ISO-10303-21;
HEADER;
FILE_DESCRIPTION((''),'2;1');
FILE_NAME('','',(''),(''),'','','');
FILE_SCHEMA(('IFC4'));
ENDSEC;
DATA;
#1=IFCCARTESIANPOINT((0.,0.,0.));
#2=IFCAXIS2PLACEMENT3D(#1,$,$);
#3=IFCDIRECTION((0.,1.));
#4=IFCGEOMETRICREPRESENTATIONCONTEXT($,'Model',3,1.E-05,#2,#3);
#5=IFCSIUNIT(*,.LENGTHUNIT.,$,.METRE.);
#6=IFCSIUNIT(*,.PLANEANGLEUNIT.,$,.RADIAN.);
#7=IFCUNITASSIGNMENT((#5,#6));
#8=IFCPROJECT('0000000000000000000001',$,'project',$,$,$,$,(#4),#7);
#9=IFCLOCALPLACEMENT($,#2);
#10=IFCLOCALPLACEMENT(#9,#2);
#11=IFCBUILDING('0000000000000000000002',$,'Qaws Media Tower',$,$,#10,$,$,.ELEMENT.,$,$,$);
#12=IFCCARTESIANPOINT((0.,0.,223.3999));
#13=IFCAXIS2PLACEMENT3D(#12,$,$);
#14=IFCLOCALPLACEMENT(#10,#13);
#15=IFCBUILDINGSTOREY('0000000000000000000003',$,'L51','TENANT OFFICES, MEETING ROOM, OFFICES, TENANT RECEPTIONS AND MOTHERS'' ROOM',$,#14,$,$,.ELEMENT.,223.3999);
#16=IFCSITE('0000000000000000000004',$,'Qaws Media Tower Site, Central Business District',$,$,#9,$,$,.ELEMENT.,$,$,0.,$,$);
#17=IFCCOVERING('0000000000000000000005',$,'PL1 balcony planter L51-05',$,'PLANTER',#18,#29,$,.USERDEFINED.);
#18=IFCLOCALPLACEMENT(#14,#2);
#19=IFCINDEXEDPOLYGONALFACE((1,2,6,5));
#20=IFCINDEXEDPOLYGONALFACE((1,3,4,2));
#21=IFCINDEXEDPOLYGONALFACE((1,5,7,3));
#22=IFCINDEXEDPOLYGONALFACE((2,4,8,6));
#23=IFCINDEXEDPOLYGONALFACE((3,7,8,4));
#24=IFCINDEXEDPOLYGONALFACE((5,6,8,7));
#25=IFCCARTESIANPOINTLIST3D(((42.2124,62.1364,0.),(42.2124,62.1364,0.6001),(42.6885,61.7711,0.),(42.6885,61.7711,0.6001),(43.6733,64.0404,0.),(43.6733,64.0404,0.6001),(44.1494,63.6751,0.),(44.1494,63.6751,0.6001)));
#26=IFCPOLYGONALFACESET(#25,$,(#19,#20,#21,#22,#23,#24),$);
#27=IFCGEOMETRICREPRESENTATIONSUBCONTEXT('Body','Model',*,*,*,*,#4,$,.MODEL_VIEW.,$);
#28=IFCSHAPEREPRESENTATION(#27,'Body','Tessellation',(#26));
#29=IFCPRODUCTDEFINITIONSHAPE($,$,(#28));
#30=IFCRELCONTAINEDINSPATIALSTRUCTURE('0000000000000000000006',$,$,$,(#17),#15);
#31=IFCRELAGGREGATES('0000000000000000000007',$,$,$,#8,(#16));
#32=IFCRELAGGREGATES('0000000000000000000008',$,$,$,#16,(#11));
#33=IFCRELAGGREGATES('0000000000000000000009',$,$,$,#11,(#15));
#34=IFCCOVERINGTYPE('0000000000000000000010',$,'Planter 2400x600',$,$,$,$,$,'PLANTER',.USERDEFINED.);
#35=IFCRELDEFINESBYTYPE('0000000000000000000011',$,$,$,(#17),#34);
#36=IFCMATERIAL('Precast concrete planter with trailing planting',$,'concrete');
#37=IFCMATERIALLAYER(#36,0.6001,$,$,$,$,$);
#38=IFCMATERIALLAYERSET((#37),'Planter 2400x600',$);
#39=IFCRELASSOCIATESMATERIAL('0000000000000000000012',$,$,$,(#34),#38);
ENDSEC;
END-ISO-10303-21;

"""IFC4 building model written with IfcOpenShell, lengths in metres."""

from ifc_helpers import new_model, si_unit, direction, frame, origin, origin_2d, place, context, subcontext, project, spatial, rectangle, extrude, material, layer, layer_set, type_object, element, save


model = new_model("IFC4")

# Units and contexts
model_context = context("Model", 3, precision=1e-05, world=origin(), true_north=direction((0.0, 1.0)))
body_context = subcontext(model_context, "Body", "Model", "MODEL_VIEW")
ifc_project = project(units=[si_unit("LENGTHUNIT", "METRE"), si_unit("PLANEANGLEUNIT", "RADIAN")], contexts=[model_context])

# Site, building, storey
site_placement = place(None, origin())
site = spatial("IfcSite", under=ifc_project, at=site_placement, Name="Qaws Media Tower Site, Central Business District", CompositionType="ELEMENT", RefElevation=0.0)
building_placement = place(site_placement, origin())
building = spatial("IfcBuilding", under=site, at=building_placement, Name="Qaws Media Tower", CompositionType="ELEMENT")
storey_placement = place(building_placement, frame((0.0, 0.0, 223.3999)))
storey = spatial("IfcBuildingStorey", under=building, at=storey_placement, Name="L51", Description="TENANT OFFICES, MEETING ROOM, OFFICES, TENANT RECEPTIONS AND MOTHERS' ROOM", CompositionType="ELEMENT", Elevation=223.3999)

# Covering
ifc_material_1 = material(Name="Precast concrete planter with trailing planting", Category="concrete")
ifc_layer_1 = layer(ifc_material_1, 0.6001)
ifc_layer_set_1 = layer_set([ifc_layer_1], Name="Planter 2400x600")
covering_type = type_object("IfcCoveringType", Name="Planter 2400x600", ElementType="PLANTER", PredefinedType="USERDEFINED", material=ifc_layer_set_1)
covering_placement = place(storey_placement, frame((43.1809, 62.9058, 0.0), z_axis=(0.0, 0.0, 1.0), x_axis=(-0.608761, -0.793353, 0.0)))
element("IfcCovering", 1, at=covering_placement, inside=storey, type_object=covering_type, Name="PL1 balcony planter L51-05", ObjectType="PLANTER", PredefinedType="USERDEFINED", context=body_context, shape_type="SweptSolid", body=[
    extrude(rectangle(XDim=2.3999, YDim=0.6001, at=origin_2d()), origin(), (0.0, 0.0, 1.0), 0.6001),
])

save(model, "model.ifc")
